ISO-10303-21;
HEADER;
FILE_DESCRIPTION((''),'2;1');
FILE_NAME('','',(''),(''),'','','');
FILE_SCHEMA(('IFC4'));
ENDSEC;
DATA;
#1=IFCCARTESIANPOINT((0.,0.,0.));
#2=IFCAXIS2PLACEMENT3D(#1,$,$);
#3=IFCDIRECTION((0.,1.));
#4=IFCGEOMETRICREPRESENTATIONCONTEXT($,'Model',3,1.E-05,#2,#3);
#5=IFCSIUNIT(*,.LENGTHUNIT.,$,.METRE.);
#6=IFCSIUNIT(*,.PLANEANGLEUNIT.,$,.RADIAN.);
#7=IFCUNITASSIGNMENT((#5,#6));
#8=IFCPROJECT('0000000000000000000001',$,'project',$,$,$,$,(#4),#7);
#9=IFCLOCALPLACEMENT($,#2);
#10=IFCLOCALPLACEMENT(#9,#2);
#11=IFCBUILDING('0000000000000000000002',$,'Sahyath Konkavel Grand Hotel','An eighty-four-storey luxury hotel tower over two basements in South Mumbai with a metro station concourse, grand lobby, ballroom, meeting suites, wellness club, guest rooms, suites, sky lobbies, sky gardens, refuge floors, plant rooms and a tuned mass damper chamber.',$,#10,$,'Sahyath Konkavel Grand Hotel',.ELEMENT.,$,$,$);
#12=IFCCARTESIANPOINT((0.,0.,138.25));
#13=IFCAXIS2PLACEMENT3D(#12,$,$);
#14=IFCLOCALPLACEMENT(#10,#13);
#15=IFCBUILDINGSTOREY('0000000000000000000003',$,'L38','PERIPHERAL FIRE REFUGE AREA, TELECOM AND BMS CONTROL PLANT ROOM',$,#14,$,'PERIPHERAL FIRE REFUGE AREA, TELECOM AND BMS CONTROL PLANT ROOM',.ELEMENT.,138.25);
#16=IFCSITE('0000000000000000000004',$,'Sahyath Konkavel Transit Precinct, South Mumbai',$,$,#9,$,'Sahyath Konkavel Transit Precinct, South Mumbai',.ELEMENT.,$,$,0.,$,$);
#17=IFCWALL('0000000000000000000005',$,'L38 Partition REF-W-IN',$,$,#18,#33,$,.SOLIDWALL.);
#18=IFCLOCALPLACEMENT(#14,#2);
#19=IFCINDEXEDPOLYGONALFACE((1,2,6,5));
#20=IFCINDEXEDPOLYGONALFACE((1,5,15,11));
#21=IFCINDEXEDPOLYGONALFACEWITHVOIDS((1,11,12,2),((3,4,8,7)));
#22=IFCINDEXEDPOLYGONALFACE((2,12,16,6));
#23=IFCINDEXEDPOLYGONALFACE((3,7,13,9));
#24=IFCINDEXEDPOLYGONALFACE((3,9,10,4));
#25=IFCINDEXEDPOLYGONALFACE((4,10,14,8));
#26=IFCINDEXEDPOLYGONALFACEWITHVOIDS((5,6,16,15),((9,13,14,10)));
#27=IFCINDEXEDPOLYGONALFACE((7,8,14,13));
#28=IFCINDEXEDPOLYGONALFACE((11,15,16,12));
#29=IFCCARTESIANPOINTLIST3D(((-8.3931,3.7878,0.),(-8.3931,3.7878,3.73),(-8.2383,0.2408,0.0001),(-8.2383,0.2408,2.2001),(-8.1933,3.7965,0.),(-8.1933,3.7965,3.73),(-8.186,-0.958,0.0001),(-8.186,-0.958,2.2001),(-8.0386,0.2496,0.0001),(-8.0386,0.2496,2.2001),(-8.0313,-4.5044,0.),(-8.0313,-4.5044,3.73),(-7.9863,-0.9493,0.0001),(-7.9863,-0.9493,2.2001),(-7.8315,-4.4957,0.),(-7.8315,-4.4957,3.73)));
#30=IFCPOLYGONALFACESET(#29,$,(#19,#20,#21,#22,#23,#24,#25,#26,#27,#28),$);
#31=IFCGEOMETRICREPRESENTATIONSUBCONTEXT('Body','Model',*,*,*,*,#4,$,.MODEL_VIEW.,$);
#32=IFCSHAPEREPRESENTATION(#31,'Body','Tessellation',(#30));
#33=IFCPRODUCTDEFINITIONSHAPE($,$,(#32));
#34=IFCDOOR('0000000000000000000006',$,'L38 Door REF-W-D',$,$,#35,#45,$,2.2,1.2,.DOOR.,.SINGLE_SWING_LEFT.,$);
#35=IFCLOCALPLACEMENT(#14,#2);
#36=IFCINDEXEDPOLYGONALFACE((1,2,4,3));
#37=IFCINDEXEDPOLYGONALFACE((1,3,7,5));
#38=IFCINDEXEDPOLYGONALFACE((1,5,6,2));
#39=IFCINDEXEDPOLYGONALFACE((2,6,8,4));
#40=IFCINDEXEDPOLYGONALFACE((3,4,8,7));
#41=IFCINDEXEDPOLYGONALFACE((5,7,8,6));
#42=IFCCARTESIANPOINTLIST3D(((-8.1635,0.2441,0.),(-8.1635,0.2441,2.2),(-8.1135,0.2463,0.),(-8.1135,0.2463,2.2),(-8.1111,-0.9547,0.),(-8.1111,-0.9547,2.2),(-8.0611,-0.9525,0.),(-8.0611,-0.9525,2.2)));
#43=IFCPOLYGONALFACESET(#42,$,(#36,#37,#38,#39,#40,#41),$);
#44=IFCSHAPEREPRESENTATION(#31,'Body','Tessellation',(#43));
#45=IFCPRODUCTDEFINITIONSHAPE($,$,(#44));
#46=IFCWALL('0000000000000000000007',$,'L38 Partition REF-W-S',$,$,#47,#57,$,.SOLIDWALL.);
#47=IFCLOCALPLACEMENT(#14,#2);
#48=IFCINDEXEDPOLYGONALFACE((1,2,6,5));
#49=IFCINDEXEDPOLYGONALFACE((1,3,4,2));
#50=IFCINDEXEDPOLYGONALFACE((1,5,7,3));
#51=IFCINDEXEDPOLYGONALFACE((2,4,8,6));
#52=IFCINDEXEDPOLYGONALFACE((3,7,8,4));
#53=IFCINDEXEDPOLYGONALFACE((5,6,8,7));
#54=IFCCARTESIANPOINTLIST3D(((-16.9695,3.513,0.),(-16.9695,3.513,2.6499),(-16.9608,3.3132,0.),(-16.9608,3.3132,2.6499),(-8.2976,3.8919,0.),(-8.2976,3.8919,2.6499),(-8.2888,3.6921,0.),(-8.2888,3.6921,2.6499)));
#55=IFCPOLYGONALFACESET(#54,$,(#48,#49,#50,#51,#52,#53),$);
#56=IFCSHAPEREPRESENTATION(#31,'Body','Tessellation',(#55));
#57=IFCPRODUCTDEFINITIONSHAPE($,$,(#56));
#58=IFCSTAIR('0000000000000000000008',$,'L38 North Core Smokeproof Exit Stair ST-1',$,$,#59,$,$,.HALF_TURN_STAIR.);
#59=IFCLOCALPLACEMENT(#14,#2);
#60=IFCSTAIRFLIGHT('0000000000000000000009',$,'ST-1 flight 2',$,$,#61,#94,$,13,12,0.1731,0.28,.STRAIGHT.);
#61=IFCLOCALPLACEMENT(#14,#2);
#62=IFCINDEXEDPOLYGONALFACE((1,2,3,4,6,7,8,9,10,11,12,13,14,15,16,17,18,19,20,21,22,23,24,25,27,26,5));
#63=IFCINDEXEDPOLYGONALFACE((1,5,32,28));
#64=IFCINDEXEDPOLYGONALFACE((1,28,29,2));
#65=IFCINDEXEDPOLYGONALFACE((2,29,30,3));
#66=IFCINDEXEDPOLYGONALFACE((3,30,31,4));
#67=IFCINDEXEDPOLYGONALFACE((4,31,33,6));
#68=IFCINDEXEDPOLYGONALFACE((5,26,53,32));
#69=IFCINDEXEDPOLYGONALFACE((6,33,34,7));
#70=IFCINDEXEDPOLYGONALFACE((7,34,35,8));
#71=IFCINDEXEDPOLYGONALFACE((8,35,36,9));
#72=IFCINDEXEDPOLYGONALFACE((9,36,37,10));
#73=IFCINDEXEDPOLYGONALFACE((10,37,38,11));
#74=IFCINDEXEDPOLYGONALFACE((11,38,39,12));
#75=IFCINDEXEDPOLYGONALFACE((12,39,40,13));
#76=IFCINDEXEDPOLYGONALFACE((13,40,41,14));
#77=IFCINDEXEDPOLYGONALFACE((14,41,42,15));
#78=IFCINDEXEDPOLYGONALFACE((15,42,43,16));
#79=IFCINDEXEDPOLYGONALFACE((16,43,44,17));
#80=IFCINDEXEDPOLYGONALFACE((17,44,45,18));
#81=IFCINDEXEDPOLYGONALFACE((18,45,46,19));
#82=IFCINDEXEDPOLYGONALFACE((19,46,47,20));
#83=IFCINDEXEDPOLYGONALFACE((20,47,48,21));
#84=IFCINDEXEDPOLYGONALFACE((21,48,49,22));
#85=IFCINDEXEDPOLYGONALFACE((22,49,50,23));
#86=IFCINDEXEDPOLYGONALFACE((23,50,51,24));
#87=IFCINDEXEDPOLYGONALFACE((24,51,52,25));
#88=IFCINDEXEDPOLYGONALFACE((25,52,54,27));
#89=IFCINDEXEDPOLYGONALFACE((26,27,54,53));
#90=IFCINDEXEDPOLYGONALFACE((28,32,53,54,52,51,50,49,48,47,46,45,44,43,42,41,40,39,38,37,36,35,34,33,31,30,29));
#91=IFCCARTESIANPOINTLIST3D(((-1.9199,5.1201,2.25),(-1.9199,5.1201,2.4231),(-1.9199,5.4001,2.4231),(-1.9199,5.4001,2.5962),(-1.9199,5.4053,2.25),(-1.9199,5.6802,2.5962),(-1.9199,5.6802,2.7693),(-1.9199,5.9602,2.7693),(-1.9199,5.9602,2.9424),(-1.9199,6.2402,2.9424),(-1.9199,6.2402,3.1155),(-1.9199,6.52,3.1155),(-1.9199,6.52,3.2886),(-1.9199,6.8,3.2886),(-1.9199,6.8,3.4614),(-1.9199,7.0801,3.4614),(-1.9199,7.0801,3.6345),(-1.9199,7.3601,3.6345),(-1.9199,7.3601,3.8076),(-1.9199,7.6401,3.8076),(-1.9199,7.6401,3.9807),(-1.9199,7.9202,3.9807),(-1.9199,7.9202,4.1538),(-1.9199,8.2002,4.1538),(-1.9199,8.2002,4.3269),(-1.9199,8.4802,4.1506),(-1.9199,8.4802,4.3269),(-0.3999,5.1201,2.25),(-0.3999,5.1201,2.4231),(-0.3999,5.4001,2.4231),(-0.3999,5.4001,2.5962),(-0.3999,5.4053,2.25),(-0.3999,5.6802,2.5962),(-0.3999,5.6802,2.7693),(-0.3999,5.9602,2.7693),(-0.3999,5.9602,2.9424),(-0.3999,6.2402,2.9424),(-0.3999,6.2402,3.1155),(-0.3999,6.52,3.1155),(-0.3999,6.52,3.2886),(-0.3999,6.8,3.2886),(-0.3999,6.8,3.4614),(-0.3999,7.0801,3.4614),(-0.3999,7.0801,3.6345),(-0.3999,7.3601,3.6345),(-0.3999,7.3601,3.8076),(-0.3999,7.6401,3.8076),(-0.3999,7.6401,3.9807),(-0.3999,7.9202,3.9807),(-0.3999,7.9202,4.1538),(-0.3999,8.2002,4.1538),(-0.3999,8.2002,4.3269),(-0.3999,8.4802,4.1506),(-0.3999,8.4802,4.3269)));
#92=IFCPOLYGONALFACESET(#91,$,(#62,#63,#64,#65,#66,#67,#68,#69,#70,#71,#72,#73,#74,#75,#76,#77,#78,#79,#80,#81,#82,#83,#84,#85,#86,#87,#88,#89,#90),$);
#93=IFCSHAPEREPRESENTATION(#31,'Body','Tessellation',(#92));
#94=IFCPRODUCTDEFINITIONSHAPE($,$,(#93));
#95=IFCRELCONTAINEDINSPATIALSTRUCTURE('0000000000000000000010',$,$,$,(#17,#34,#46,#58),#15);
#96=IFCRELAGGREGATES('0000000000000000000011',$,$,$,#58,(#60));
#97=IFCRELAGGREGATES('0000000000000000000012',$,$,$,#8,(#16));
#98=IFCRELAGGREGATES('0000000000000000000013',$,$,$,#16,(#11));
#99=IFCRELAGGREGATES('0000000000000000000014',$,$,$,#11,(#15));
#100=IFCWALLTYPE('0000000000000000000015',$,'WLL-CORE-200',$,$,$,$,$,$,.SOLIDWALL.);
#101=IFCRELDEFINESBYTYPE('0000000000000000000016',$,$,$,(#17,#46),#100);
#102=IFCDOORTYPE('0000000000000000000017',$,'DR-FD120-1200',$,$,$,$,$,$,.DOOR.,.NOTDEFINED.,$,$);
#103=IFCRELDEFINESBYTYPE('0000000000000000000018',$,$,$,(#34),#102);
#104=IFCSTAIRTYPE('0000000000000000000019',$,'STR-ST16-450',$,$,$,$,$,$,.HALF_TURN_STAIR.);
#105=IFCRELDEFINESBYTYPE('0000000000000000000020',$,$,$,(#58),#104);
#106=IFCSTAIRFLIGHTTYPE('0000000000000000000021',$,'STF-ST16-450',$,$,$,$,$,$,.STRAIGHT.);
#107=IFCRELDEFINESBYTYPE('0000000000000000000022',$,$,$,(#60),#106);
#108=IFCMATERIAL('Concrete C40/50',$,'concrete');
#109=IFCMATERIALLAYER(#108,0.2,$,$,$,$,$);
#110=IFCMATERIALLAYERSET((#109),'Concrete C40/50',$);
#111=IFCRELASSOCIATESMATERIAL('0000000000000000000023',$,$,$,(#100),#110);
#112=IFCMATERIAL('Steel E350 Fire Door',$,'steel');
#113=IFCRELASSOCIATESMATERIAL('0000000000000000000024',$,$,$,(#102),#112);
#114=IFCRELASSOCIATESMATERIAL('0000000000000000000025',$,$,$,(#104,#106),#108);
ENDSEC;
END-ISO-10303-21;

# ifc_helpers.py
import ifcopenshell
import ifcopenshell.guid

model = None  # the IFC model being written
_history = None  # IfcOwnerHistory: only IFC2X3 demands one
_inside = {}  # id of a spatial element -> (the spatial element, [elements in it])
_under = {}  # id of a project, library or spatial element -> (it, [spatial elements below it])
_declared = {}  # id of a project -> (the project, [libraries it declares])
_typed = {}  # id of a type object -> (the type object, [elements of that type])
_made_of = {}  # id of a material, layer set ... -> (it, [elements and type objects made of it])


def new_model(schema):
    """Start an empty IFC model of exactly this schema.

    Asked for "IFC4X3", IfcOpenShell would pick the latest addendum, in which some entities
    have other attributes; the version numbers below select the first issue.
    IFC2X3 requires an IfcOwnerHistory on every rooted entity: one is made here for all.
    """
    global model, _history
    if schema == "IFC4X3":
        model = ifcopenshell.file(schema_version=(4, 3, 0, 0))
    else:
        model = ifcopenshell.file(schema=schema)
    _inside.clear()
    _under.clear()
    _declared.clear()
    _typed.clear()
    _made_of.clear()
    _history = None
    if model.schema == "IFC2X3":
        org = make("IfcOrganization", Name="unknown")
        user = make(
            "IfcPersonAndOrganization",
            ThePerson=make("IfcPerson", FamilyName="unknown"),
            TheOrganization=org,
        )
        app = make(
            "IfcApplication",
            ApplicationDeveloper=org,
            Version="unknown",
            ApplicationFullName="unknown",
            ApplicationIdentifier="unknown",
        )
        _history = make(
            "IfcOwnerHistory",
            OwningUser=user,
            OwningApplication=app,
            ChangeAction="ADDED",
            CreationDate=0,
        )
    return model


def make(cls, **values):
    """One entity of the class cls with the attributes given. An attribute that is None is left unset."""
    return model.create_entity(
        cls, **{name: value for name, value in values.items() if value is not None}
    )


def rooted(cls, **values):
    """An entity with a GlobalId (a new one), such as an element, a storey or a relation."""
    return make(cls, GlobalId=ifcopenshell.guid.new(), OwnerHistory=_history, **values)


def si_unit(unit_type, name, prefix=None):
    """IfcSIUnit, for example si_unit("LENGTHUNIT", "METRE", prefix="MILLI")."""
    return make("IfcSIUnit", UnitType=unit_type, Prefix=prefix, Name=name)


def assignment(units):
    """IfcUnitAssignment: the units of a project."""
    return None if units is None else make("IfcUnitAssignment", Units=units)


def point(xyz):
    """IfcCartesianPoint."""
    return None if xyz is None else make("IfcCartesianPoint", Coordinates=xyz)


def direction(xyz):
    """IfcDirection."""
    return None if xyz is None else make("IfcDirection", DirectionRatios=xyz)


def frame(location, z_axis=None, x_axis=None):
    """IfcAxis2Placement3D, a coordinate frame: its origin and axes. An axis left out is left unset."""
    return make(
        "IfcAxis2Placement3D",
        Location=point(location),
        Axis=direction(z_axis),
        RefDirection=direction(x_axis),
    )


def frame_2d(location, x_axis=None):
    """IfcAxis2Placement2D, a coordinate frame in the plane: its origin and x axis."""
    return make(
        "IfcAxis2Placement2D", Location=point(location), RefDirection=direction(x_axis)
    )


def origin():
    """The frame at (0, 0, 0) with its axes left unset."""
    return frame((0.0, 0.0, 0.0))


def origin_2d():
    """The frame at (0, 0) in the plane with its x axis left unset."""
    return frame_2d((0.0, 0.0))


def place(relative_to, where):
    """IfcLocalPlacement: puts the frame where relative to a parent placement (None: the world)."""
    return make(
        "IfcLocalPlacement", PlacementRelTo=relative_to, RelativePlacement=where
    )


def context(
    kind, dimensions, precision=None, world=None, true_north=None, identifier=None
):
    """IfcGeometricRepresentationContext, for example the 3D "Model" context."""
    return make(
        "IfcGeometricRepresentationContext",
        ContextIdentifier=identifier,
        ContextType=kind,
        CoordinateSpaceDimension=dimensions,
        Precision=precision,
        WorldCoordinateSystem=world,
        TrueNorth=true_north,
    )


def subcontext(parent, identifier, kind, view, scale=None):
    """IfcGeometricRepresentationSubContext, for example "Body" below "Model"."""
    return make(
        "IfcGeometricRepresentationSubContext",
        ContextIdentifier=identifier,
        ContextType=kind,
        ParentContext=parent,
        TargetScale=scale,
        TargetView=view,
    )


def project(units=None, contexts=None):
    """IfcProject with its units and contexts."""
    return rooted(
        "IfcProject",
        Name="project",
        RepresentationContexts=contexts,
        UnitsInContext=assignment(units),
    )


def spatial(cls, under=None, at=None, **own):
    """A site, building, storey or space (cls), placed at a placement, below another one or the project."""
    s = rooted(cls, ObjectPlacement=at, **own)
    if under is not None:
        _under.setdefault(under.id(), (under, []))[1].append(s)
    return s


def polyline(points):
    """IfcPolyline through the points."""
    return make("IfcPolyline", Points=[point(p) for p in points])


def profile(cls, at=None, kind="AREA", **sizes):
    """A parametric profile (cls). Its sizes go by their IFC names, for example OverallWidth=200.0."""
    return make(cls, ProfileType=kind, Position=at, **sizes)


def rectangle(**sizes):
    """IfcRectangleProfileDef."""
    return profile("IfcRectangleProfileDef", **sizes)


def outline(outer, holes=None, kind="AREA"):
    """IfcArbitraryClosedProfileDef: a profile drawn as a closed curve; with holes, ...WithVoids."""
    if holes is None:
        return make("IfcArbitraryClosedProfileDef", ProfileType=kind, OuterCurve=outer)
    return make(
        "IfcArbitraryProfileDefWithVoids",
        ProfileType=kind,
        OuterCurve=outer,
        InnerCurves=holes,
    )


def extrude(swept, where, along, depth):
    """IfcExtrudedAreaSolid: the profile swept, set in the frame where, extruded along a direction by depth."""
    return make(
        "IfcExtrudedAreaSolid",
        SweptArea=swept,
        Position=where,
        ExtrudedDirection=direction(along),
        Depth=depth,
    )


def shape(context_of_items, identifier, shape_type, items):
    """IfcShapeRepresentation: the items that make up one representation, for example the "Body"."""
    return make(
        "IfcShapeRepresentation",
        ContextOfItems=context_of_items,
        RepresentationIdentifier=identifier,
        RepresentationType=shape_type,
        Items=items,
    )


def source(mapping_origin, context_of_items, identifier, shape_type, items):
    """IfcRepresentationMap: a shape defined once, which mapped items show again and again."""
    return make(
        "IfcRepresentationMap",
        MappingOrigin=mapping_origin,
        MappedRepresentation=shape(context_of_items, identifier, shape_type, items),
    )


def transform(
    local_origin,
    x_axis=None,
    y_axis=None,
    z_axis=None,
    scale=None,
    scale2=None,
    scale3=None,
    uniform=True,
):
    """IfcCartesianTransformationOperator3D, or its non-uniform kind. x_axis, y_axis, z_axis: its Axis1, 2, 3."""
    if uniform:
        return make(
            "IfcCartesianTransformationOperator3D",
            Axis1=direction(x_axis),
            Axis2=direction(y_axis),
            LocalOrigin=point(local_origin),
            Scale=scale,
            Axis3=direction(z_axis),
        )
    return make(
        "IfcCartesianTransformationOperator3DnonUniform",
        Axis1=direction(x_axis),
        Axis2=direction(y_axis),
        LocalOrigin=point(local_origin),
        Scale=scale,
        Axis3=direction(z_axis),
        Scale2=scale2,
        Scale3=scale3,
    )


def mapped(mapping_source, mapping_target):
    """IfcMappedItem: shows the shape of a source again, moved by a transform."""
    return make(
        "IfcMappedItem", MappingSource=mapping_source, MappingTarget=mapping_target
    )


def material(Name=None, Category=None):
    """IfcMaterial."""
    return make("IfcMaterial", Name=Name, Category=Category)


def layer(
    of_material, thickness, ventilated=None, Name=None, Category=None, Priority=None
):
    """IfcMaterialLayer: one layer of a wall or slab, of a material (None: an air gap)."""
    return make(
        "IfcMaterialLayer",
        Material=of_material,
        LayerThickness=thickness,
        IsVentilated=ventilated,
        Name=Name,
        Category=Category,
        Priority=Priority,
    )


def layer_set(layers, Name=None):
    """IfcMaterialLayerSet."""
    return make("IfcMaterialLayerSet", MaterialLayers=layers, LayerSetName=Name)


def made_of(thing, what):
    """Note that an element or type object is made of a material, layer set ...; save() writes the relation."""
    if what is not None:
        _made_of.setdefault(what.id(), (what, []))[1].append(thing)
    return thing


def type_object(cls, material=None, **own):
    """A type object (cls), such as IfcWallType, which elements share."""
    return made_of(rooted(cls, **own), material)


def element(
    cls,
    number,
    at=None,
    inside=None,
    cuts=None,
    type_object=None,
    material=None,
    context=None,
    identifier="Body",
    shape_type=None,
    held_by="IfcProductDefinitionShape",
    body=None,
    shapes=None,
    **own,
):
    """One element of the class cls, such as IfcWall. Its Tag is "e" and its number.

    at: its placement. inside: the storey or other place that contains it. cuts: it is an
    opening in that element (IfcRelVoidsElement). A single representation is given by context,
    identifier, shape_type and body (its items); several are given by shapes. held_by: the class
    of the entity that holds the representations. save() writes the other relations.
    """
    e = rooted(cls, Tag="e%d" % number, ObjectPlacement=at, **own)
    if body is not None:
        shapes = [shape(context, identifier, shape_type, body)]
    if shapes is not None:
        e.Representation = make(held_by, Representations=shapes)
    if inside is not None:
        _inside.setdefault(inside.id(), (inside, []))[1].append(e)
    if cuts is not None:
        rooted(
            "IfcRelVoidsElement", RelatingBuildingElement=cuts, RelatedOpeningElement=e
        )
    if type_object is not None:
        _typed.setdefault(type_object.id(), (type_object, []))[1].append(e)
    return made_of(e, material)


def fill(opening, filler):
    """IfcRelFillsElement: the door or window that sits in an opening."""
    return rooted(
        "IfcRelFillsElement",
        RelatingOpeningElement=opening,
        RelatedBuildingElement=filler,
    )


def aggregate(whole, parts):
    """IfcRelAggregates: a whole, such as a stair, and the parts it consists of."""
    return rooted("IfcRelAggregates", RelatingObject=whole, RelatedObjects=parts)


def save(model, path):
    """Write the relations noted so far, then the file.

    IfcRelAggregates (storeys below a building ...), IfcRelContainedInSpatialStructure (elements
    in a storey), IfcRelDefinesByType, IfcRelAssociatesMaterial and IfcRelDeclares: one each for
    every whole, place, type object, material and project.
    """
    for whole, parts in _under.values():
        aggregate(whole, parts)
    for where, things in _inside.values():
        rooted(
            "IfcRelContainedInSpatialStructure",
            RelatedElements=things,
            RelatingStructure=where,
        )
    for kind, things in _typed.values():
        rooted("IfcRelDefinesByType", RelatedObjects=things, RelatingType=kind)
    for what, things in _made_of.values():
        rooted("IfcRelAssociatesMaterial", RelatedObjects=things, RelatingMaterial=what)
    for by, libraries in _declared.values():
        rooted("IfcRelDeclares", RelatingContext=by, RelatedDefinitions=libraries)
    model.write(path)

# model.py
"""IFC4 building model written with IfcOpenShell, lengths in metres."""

from ifc_helpers import new_model, si_unit, direction, frame, frame_2d, origin, origin_2d, place, context, subcontext, project, spatial, polyline, rectangle, outline, extrude, source, transform, mapped, material, layer, layer_set, type_object, element, fill, aggregate, save


model = new_model("IFC4")

# Units and contexts
model_context = context("Model", 3, precision=1e-05, world=origin(), true_north=direction((0.0, 1.0)))
body_context = subcontext(model_context, "Body", "Model", "MODEL_VIEW")
ifc_project = project(units=[si_unit("LENGTHUNIT", "METRE"), si_unit("PLANEANGLEUNIT", "RADIAN")], contexts=[model_context])

# Site, building, storey
site_placement = place(None, origin())
site = spatial("IfcSite", under=ifc_project, at=site_placement, Name="Sahyath Konkavel Transit Precinct, South Mumbai", LongName="Sahyath Konkavel Transit Precinct, South Mumbai", CompositionType="ELEMENT", RefElevation=0.0)
building_placement = place(site_placement, origin())
building = spatial("IfcBuilding", under=site, at=building_placement, Name="Sahyath Konkavel Grand Hotel", Description="An eighty-four-storey luxury hotel tower over two basements in South Mumbai with a metro station concourse, grand lobby, ballroom, meeting suites, wellness club, guest rooms, suites, sky lobbies, sky gardens, refuge floors, plant rooms and a tuned mass damper chamber.", LongName="Sahyath Konkavel Grand Hotel", CompositionType="ELEMENT")
storey_placement = place(building_placement, frame((0.0, 0.0, 138.25)))
storey = spatial("IfcBuildingStorey", under=building, at=storey_placement, Name="L38", Description="PERIPHERAL FIRE REFUGE AREA, TELECOM AND BMS CONTROL PLANT ROOM", LongName="PERIPHERAL FIRE REFUGE AREA, TELECOM AND BMS CONTROL PLANT ROOM", CompositionType="ELEMENT", Elevation=138.25)

# Shared definitions
ifc_material_1 = material(Name="Concrete C40/50", Category="concrete")
ifc_layer_1 = layer(ifc_material_1, 0.2)
ifc_layer_set_1 = layer_set([ifc_layer_1], Name="Concrete C40/50")
wall_type_1 = type_object("IfcWallType", Name="WLL-CORE-200", PredefinedType="SOLIDWALL", material=ifc_layer_set_1)

# Wall, opening, door
wall_1_placement = place(storey_placement, frame((-8.2932, 3.792, 0.0), z_axis=(0.0, 0.0, 1.0), x_axis=(0.043592, -0.999049, 0.0)))
wall_1 = element("IfcWall", 1, at=wall_1_placement, inside=storey, type_object=wall_type_1, Name="L38 Partition REF-W-IN", PredefinedType="SOLIDWALL", context=body_context, shape_type="SweptSolid", body=[
    extrude(rectangle(XDim=8.3, YDim=0.2, at=frame_2d((4.1499, 0.0))), origin(), (0.0, 0.0, 1.0), 3.73),
])
opening_placement = place(wall_1_placement, frame((3.55, 0.0, 0.0)))
opening = element("IfcOpeningElement", 2, at=opening_placement, cuts=wall_1, PredefinedType="OPENING", context=body_context, shape_type="SweptSolid", body=[
    extrude(rectangle(XDim=1.2, YDim=2.2, at=frame_2d((0.6001, 1.1001))), frame((0.0, 0.1099, 0.0), z_axis=(0.0, -1.0, 0.0), x_axis=(1.0, 0.0, 0.0)), (0.0, 0.0, 1.0), 0.22),
])
ifc_material_2 = material(Name="Steel E350 Fire Door", Category="steel")
door_type = type_object("IfcDoorType", Name="DR-FD120-1200", OperationType="NOTDEFINED", PredefinedType="DOOR", material=ifc_material_2)
shared_shape_1 = source(origin(), body_context, "Body", "SweptSolid", [
    extrude(rectangle(XDim=1.2, YDim=0.05, at=origin_2d()), origin(), (0.0, 0.0, 1.0), 2.2),
])
door_placement = place(opening_placement, frame((0.6001, 0.0, 0.0)))
door = element("IfcDoor", 3, at=door_placement, inside=storey, type_object=door_type, Name="L38 Door REF-W-D", OperationType="SINGLE_SWING_LEFT", OverallHeight=2.2, OverallWidth=1.2, PredefinedType="DOOR", context=body_context, shape_type="MappedRepresentation", body=[
    mapped(shared_shape_1, transform((0.0, 0.0, 0.0), scale=1.0)),
])
fill(opening, door)

# Wall
wall_2_placement = place(storey_placement, frame((-8.2932, 3.792, 0.0), z_axis=(0.0, 0.0, 1.0), x_axis=(-0.999047, -0.043652, 0.0)))
element("IfcWall", 4, at=wall_2_placement, inside=storey, type_object=wall_type_1, Name="L38 Partition REF-W-S", PredefinedType="SOLIDWALL", context=body_context, shape_type="SweptSolid", body=[
    extrude(rectangle(XDim=8.6802, YDim=0.2, at=frame_2d((4.3401, 0.0))), origin(), (0.0, 0.0, 1.0), 2.6499),
])

# Stair, stair flight
stair_type = type_object("IfcStairType", Name="STR-ST16-450", PredefinedType="HALF_TURN_STAIR", material=ifc_material_1)
stair_placement = place(storey_placement, origin())
stair = element("IfcStair", 5, at=stair_placement, inside=storey, type_object=stair_type, Name="L38 North Core Smokeproof Exit Stair ST-1", PredefinedType="HALF_TURN_STAIR")
stair_flight_type = type_object("IfcStairFlightType", Name="STF-ST16-450", PredefinedType="STRAIGHT", material=ifc_material_1)
stair_flight_placement = place(storey_placement, frame((-1.1599, 5.1201, 2.25), z_axis=(0.0, 0.0, 1.0), x_axis=(0.0, 1.0, 0.0)))
stair_flight = element("IfcStairFlight", 6, at=stair_flight_placement, type_object=stair_flight_type, Name="ST-1 flight 2", NumberOfRisers=13, NumberOfTreads=12, PredefinedType="STRAIGHT", RiserHeight=0.1731, TreadLength=0.28, context=body_context, shape_type="SweptSolid", body=[
    extrude(outline(polyline([(0.0, 0.0), (0.0, 0.1731), (0.28, 0.1731), (0.28, 0.3462), (0.5601, 0.3462), (0.5601, 0.5193), (0.8401, 0.5193), (0.8401, 0.6924), (1.1201, 0.6924), (1.1201, 0.8655), (1.3999, 0.8655), (1.3999, 1.0386), (1.6799, 1.0386), (1.6799, 1.2114), (1.96, 1.2114), (1.96, 1.3845), (2.24, 1.3845), (2.24, 1.5576), (2.52, 1.5576), (2.52, 1.7307), (2.8, 1.7307), (2.8, 1.9038), (3.0801, 1.9038), (3.0801, 2.0769), (3.3601, 2.0769), (3.3601, 2.25), (3.3601, 1.9006), (0.2852, 0.0), (0.0, 0.0)])), frame((0.0, 0.76, 0.0), z_axis=(0.0, -1.0, 0.0), x_axis=(1.0, 0.0, 0.0)), (0.0, 0.0, 1.0), 1.52),
])
aggregate(stair, [stair_flight])

save(model, "model.ifc")
